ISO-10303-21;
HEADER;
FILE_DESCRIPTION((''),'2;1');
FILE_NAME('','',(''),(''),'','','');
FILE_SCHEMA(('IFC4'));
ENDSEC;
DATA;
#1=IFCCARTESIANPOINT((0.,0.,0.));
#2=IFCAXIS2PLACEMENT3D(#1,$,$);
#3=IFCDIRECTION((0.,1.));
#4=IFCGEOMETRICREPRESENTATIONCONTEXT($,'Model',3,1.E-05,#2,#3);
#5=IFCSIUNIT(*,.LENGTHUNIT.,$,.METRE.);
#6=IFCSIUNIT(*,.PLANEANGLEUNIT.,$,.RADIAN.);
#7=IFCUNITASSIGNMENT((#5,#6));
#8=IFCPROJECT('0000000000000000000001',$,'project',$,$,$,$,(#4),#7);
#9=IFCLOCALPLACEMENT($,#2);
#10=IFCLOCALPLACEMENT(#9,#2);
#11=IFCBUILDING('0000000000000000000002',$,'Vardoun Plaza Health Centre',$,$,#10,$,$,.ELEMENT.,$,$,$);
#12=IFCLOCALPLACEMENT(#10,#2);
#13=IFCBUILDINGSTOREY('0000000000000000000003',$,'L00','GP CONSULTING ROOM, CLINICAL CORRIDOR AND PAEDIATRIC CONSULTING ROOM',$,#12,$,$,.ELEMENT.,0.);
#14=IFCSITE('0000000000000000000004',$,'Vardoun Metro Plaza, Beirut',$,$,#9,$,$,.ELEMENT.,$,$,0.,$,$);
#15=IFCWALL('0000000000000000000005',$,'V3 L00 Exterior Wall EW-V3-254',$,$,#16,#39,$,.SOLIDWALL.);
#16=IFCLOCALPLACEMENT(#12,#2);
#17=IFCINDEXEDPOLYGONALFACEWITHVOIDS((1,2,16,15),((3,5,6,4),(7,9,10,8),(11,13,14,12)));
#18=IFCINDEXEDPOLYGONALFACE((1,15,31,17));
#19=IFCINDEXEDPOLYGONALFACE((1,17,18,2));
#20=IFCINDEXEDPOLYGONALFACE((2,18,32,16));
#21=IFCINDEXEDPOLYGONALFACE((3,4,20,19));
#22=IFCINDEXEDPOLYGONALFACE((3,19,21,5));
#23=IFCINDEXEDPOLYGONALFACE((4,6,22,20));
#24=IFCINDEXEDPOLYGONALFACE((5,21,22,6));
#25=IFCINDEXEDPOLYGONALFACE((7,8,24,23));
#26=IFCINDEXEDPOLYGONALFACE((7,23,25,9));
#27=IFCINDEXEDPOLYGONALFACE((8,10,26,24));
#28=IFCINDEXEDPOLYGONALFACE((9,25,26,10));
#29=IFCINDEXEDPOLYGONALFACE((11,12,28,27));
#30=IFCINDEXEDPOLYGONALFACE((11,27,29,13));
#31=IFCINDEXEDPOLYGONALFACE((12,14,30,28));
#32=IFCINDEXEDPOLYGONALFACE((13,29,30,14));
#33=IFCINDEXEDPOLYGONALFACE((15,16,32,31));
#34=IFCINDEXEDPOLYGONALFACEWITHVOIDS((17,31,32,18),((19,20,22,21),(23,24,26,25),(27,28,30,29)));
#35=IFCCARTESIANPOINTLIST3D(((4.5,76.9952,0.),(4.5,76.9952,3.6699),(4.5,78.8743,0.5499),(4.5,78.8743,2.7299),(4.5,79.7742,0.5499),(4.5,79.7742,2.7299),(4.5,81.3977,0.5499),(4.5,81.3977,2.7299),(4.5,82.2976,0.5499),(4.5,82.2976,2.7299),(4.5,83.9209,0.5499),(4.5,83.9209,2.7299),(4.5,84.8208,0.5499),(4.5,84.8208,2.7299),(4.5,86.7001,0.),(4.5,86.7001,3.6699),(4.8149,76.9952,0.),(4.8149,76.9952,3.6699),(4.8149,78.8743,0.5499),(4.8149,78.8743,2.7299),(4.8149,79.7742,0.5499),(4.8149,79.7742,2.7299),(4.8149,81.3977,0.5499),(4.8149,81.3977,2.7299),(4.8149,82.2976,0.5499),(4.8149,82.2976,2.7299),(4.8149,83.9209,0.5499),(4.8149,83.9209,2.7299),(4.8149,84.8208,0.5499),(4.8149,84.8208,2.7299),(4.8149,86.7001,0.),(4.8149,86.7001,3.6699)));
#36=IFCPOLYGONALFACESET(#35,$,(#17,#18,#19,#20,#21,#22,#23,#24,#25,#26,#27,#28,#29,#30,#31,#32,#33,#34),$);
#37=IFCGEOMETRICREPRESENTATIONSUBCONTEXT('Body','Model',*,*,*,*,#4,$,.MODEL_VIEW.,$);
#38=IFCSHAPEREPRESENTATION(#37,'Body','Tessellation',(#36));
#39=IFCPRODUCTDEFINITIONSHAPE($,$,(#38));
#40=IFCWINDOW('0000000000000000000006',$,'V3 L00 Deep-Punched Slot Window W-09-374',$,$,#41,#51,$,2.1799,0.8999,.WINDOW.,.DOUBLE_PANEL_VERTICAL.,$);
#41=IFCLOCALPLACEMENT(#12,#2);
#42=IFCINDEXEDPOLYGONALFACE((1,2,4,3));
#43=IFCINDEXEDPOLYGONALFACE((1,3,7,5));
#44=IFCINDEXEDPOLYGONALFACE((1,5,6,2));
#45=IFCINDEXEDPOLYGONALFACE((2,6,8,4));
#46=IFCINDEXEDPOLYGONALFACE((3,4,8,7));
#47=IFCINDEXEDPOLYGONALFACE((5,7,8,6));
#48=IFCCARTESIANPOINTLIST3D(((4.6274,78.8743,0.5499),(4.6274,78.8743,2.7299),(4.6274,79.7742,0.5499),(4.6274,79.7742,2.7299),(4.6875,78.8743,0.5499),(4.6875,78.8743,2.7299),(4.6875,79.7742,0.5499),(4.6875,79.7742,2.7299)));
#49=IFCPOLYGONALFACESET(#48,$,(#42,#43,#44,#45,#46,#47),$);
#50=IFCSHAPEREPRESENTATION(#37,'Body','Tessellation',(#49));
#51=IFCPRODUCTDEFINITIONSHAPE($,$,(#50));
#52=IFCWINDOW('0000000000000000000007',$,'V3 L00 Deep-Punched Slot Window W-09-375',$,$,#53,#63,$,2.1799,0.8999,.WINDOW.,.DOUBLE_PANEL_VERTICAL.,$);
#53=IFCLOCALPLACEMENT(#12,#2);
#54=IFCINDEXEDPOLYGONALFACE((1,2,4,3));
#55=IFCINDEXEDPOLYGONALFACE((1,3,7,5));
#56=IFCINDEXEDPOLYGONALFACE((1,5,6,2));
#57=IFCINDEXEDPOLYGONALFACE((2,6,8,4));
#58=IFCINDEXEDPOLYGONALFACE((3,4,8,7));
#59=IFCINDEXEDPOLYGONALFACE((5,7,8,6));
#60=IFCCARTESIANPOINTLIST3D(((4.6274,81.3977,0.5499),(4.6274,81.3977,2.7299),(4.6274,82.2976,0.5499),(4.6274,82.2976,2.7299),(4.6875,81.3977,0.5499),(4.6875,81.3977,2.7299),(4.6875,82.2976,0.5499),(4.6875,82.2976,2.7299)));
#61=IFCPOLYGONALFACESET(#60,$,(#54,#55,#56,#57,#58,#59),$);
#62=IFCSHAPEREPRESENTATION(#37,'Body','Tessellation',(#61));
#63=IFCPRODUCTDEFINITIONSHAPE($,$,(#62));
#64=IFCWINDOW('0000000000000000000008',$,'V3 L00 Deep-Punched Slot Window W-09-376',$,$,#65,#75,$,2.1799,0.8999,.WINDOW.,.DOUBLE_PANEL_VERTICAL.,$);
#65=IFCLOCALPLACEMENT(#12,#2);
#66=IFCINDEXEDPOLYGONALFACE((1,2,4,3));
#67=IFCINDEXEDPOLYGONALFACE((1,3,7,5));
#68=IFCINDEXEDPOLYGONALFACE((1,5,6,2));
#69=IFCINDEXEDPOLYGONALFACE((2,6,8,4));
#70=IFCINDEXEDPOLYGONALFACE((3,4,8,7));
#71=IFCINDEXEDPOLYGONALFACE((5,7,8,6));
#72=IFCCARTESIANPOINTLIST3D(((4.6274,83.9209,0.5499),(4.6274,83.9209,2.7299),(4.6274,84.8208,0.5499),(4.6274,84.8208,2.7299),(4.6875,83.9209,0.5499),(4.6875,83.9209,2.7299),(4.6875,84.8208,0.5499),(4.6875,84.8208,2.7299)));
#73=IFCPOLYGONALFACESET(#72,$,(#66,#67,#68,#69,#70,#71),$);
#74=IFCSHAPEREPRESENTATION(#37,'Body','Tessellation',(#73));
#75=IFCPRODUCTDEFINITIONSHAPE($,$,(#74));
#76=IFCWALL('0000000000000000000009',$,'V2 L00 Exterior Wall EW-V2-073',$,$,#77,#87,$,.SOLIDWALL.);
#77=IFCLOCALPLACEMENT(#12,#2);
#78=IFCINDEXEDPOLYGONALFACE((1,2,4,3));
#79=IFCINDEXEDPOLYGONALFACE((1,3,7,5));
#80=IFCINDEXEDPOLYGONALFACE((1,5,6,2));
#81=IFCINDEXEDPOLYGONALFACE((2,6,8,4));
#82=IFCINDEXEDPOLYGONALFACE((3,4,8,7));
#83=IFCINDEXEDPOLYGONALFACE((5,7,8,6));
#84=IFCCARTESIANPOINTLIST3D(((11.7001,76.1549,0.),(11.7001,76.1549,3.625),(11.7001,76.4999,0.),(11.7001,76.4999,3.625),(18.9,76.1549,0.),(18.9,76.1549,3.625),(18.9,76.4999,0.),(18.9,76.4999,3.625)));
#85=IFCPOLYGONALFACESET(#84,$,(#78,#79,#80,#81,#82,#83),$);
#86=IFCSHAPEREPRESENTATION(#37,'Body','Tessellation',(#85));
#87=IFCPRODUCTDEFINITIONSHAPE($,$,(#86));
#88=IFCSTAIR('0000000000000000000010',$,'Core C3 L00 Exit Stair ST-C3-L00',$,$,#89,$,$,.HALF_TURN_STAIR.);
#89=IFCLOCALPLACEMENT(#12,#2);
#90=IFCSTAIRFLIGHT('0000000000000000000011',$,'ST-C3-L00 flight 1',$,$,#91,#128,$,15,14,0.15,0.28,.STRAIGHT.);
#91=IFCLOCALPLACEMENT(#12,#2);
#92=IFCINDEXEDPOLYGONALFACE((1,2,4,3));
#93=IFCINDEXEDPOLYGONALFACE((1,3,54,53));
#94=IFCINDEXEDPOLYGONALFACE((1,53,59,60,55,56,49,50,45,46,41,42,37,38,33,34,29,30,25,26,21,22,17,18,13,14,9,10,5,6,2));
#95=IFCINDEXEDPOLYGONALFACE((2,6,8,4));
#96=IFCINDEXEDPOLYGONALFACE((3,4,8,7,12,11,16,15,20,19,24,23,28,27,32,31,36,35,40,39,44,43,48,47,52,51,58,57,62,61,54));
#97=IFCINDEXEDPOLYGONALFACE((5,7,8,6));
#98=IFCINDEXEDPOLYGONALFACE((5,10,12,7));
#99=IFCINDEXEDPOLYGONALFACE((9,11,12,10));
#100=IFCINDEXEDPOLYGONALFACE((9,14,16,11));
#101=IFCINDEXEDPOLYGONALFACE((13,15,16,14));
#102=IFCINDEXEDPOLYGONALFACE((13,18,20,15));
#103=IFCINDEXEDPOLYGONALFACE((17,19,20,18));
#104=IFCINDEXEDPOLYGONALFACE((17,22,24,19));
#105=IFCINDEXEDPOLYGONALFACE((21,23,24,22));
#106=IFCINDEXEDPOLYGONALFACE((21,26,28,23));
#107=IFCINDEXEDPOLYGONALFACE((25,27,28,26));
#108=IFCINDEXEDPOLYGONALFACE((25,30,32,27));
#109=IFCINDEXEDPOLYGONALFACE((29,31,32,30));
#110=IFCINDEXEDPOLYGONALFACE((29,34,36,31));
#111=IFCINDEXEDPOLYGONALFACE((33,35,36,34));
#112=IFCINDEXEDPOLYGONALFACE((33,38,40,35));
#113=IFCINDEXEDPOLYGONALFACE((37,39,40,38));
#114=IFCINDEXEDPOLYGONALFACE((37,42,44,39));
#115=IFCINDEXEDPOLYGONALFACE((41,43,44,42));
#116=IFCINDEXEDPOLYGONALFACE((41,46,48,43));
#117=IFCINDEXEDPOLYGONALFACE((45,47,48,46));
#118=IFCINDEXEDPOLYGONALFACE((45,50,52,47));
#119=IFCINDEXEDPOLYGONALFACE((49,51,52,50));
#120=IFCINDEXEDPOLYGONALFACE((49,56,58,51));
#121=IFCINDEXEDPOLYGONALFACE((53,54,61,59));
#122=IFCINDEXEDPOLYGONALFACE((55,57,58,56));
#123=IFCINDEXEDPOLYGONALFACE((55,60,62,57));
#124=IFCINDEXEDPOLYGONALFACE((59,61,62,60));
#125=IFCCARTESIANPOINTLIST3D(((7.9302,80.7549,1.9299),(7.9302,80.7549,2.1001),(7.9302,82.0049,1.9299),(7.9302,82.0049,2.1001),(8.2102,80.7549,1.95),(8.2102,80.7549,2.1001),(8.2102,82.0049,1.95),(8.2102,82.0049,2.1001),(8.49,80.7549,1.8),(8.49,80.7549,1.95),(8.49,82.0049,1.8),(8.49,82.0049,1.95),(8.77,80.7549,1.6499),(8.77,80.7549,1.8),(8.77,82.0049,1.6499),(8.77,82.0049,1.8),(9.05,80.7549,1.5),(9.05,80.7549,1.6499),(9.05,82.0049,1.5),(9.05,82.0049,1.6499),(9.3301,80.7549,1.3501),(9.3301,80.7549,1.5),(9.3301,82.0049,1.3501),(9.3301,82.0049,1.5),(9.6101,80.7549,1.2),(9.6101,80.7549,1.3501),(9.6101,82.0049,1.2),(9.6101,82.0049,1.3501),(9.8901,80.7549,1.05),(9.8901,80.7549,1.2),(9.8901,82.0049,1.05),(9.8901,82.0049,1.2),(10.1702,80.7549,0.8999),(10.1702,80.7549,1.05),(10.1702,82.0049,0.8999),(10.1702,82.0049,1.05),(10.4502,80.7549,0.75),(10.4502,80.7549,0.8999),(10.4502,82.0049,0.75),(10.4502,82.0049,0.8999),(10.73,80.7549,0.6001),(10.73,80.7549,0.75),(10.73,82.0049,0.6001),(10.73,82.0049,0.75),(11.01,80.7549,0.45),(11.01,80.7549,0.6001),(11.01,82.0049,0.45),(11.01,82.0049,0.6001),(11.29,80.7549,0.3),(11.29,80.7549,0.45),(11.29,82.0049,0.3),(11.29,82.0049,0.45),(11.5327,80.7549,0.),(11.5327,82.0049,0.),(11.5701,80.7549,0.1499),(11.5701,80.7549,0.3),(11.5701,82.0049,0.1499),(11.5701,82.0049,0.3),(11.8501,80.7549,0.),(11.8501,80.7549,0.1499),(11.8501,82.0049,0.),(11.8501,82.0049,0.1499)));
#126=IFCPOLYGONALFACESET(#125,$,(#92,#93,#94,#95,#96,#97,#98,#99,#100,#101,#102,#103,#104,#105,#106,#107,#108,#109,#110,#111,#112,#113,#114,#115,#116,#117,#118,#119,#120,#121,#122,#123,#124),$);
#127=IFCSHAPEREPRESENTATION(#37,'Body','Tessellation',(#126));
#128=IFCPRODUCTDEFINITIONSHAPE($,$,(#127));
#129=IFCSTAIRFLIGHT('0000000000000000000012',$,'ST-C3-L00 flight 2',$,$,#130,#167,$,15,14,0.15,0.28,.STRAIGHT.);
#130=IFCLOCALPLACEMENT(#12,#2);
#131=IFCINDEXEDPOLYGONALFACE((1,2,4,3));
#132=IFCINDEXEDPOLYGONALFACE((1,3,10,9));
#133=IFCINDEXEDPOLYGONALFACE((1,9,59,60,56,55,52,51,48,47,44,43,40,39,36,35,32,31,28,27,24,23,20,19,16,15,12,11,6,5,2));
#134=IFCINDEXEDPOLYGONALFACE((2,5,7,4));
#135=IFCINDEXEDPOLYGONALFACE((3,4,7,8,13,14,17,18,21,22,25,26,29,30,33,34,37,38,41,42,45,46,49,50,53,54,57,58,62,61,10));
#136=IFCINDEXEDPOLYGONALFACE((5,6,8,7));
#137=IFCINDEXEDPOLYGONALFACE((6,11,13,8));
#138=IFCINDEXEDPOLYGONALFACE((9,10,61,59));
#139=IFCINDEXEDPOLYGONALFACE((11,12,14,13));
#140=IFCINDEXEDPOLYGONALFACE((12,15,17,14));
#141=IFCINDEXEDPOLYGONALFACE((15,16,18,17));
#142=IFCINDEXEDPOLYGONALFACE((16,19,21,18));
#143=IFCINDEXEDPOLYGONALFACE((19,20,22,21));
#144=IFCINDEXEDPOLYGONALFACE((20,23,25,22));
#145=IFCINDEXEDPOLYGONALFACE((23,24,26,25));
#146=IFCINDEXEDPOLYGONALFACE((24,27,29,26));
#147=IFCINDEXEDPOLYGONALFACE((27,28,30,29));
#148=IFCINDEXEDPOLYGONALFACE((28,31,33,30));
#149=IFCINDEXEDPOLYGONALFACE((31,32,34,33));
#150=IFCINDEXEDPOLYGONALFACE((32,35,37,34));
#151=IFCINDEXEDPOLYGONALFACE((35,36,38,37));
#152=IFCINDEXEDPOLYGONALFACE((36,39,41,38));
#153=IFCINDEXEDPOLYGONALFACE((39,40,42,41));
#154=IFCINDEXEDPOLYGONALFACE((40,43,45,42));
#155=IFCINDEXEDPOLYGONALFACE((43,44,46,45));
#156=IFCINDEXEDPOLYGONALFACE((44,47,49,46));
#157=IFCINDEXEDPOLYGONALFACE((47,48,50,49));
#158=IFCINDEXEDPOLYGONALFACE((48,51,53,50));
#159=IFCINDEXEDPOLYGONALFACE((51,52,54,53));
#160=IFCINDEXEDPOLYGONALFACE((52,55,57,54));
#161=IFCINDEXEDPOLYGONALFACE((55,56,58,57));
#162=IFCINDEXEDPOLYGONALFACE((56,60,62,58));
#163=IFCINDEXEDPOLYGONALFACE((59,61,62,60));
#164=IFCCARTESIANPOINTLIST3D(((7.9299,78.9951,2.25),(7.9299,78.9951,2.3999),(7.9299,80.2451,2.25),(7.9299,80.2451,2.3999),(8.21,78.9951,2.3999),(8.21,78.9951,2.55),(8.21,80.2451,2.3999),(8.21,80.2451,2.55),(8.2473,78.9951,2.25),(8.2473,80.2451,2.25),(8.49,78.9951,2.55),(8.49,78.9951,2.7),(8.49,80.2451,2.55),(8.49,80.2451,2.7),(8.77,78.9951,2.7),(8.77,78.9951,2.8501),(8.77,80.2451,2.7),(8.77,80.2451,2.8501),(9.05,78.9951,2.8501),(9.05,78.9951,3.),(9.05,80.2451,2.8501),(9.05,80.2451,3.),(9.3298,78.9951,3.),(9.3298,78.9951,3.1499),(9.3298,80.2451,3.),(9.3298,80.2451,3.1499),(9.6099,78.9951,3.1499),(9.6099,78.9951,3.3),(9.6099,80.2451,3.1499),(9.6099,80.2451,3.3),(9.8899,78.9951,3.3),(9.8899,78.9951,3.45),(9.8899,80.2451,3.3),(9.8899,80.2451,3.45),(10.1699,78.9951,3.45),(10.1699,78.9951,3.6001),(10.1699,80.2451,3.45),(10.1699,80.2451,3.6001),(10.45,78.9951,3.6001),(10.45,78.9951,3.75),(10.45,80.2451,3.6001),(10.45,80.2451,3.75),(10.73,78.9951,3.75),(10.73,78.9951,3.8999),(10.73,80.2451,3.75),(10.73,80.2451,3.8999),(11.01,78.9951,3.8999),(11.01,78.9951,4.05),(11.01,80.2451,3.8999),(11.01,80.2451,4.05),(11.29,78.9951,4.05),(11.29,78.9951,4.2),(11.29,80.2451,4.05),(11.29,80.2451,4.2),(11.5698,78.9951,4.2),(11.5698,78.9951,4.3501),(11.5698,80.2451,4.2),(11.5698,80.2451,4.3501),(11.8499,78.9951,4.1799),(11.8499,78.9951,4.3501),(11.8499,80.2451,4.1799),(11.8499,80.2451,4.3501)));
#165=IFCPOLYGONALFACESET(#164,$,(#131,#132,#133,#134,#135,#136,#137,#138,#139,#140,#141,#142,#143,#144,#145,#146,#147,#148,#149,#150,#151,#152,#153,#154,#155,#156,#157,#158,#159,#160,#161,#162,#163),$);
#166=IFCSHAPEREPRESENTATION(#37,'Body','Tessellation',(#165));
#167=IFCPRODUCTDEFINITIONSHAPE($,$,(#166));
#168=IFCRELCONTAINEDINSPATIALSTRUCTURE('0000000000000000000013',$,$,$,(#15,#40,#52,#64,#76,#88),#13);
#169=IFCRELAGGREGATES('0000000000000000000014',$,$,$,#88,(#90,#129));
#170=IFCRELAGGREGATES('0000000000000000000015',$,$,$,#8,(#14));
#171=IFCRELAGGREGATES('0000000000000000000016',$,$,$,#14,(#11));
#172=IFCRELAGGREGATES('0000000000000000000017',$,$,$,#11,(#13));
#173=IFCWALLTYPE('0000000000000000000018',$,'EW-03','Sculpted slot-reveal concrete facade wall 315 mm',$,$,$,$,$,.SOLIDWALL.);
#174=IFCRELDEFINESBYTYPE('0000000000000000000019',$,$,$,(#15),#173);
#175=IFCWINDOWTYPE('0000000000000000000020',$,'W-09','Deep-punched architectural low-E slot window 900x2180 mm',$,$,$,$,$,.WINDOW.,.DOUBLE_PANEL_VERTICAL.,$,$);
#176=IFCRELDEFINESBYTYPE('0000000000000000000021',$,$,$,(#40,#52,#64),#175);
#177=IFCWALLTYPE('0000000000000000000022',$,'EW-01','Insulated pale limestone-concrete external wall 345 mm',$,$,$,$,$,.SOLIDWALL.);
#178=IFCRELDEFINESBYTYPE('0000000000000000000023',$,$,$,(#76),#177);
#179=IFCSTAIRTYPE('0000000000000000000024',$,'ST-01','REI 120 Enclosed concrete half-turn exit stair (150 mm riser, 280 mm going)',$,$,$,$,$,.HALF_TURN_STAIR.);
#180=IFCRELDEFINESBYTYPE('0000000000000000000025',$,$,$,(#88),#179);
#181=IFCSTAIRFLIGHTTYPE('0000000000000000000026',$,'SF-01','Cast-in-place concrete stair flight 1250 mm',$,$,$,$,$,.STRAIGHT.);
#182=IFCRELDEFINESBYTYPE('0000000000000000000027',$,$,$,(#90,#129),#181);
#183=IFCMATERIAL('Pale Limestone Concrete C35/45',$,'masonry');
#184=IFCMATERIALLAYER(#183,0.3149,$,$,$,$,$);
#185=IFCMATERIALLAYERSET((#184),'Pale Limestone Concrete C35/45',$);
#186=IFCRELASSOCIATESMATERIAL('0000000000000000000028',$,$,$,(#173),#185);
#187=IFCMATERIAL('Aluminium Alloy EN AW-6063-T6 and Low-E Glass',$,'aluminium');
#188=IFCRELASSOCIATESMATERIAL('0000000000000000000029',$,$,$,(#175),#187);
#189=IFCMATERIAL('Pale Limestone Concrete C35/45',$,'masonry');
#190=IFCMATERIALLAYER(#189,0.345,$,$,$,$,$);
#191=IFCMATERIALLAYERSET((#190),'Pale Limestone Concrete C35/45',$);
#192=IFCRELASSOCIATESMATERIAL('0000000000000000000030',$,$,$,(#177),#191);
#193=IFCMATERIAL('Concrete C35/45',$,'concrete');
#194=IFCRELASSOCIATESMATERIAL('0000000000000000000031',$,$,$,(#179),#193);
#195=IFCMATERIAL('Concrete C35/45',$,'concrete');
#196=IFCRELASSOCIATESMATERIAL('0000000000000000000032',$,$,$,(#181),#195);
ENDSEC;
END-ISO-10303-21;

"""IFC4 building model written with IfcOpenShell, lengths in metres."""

from ifc_helpers import new_model, si_unit, direction, frame, frame_2d, origin, place, context, subcontext, project, spatial, polyline, rectangle, outline, extrude, material, layer, layer_set, type_object, element, fill, aggregate, save


model = new_model("IFC4")

# Units and contexts
model_context = context("Model", 3, precision=1e-05, world=origin(), true_north=direction((0.0, 1.0)))
body_context = subcontext(model_context, "Body", "Model", "MODEL_VIEW")
ifc_project = project(units=[si_unit("LENGTHUNIT", "METRE"), si_unit("PLANEANGLEUNIT", "RADIAN")], contexts=[model_context])

# Site, building, storey
site_placement = place(None, origin())
site = spatial("IfcSite", under=ifc_project, at=site_placement, Name="Vardoun Metro Plaza, Beirut", CompositionType="ELEMENT", RefElevation=0.0)
building_placement = place(site_placement, origin())
building = spatial("IfcBuilding", under=site, at=building_placement, Name="Vardoun Plaza Health Centre", CompositionType="ELEMENT")
storey_placement = place(building_placement, origin())
storey = spatial("IfcBuildingStorey", under=building, at=storey_placement, Name="L00", Description="GP CONSULTING ROOM, CLINICAL CORRIDOR AND PAEDIATRIC CONSULTING ROOM", CompositionType="ELEMENT", Elevation=0.0)

# Shared definitions
ifc_material_1 = material(Name="Pale Limestone Concrete C35/45", Category="masonry")
ifc_layer_1 = layer(ifc_material_1, 0.3149)
ifc_layer_set_1 = layer_set([ifc_layer_1], Name="Pale Limestone Concrete C35/45")
wall_type_1 = type_object("IfcWallType", Name="EW-03", Description="Sculpted slot-reveal concrete facade wall 315 mm", PredefinedType="SOLIDWALL", material=ifc_layer_set_1)

# Wall, openings, windows
wall_1_placement = place(storey_placement, frame((4.6575, 76.9951, 0.0), z_axis=(0.0, 0.0, 1.0), x_axis=(0.0, 1.0, 0.0)))
wall_1 = element("IfcWall", 1, at=wall_1_placement, inside=storey, type_object=wall_type_1, Name="V3 L00 Exterior Wall EW-V3-254", PredefinedType="SOLIDWALL", context=body_context, shape_type="SweptSolid", body=[
    extrude(rectangle(XDim=9.7048, YDim=0.3149, at=frame_2d((4.8525, 0.0))), origin(), (0.0, 0.0, 1.0), 3.6699),
])
opening_1_placement = place(wall_1_placement, frame((1.8792, 0.0, 0.55)))
opening_1 = element("IfcOpeningElement", 2, at=opening_1_placement, cuts=wall_1, PredefinedType="OPENING", context=body_context, shape_type="SweptSolid", body=[
    extrude(rectangle(XDim=0.8999, YDim=2.1799, at=frame_2d((0.45, 1.0898))), frame((0.0, 0.1575, 0.0), z_axis=(0.0, -1.0, 0.0), x_axis=(1.0, 0.0, 0.0)), (0.0, 0.0, 1.0), 0.3149),
])
opening_2_placement = place(wall_1_placement, frame((4.4026, 0.0, 0.55)))
opening_2 = element("IfcOpeningElement", 3, at=opening_2_placement, cuts=wall_1, PredefinedType="OPENING", context=body_context, shape_type="SweptSolid", body=[
    extrude(rectangle(XDim=0.8999, YDim=2.1799, at=frame_2d((0.45, 1.0898))), frame((0.0, 0.1575, 0.0), z_axis=(0.0, -1.0, 0.0), x_axis=(1.0, 0.0, 0.0)), (0.0, 0.0, 1.0), 0.3149),
])
opening_3_placement = place(wall_1_placement, frame((6.9258, 0.0, 0.55)))
opening_3 = element("IfcOpeningElement", 4, at=opening_3_placement, cuts=wall_1, PredefinedType="OPENING", context=body_context, shape_type="SweptSolid", body=[
    extrude(rectangle(XDim=0.8999, YDim=2.1799, at=frame_2d((0.45, 1.0898))), frame((0.0, 0.1575, 0.0), z_axis=(0.0, -1.0, 0.0), x_axis=(1.0, 0.0, 0.0)), (0.0, 0.0, 1.0), 0.3149),
])
ifc_material_2 = material(Name="Aluminium Alloy EN AW-6063-T6 and Low-E Glass", Category="aluminium")
window_type = type_object("IfcWindowType", Name="W-09", Description="Deep-punched architectural low-E slot window 900x2180 mm", PartitioningType="DOUBLE_PANEL_VERTICAL", PredefinedType="WINDOW", material=ifc_material_2)
window_1_placement = place(opening_1_placement, origin())
window_1 = element("IfcWindow", 5, at=window_1_placement, inside=storey, type_object=window_type, Name="V3 L00 Deep-Punched Slot Window W-09-374", OverallHeight=2.1799, OverallWidth=0.8999, PartitioningType="DOUBLE_PANEL_VERTICAL", PredefinedType="WINDOW", context=body_context, shape_type="SweptSolid", body=[
    extrude(rectangle(XDim=0.8999, YDim=2.1799, at=frame_2d((0.45, 1.0898))), frame((0.0, 0.03, 0.0), z_axis=(0.0, -1.0, 0.0), x_axis=(1.0, 0.0, 0.0)), (0.0, 0.0, 1.0), 0.0601),
])
fill(opening_1, window_1)
window_2_placement = place(opening_2_placement, origin())
window_2 = element("IfcWindow", 6, at=window_2_placement, inside=storey, type_object=window_type, Name="V3 L00 Deep-Punched Slot Window W-09-375", OverallHeight=2.1799, OverallWidth=0.8999, PartitioningType="DOUBLE_PANEL_VERTICAL", PredefinedType="WINDOW", context=body_context, shape_type="SweptSolid", body=[
    extrude(rectangle(XDim=0.8999, YDim=2.1799, at=frame_2d((0.45, 1.0898))), frame((0.0, 0.03, 0.0), z_axis=(0.0, -1.0, 0.0), x_axis=(1.0, 0.0, 0.0)), (0.0, 0.0, 1.0), 0.0601),
])
fill(opening_2, window_2)
window_3_placement = place(opening_3_placement, origin())
window_3 = element("IfcWindow", 7, at=window_3_placement, inside=storey, type_object=window_type, Name="V3 L00 Deep-Punched Slot Window W-09-376", OverallHeight=2.1799, OverallWidth=0.8999, PartitioningType="DOUBLE_PANEL_VERTICAL", PredefinedType="WINDOW", context=body_context, shape_type="SweptSolid", body=[
    extrude(rectangle(XDim=0.8999, YDim=2.1799, at=frame_2d((0.45, 1.0898))), frame((0.0, 0.03, 0.0), z_axis=(0.0, -1.0, 0.0), x_axis=(1.0, 0.0, 0.0)), (0.0, 0.0, 1.0), 0.0601),
])
fill(opening_3, window_3)

# Wall
ifc_material_3 = material(Name="Pale Limestone Concrete C35/45", Category="masonry")
ifc_layer_2 = layer(ifc_material_3, 0.345)
ifc_layer_set_2 = layer_set([ifc_layer_2], Name="Pale Limestone Concrete C35/45")
wall_type_2 = type_object("IfcWallType", Name="EW-01", Description="Insulated pale limestone-concrete external wall 345 mm", PredefinedType="SOLIDWALL", material=ifc_layer_set_2)
wall_2_placement = place(storey_placement, frame((11.7, 76.3274, 0.0), z_axis=(0.0, 0.0, 1.0), x_axis=(1.0, 0.0, 0.0)))
element("IfcWall", 8, at=wall_2_placement, inside=storey, type_object=wall_type_2, Name="V2 L00 Exterior Wall EW-V2-073", PredefinedType="SOLIDWALL", context=body_context, shape_type="SweptSolid", body=[
    extrude(rectangle(XDim=7.2, YDim=0.345, at=frame_2d((3.6001, 0.0))), origin(), (0.0, 0.0, 1.0), 3.625),
])

# Stair, stair flights
ifc_material_4 = material(Name="Concrete C35/45", Category="concrete")
stair_type = type_object("IfcStairType", Name="ST-01", Description="REI 120 Enclosed concrete half-turn exit stair (150 mm riser, 280 mm going)", PredefinedType="HALF_TURN_STAIR", material=ifc_material_4)
stair_placement = place(storey_placement, origin())
stair = element("IfcStair", 9, at=stair_placement, inside=storey, type_object=stair_type, Name="Core C3 L00 Exit Stair ST-C3-L00", PredefinedType="HALF_TURN_STAIR")
ifc_material_5 = material(Name="Concrete C35/45", Category="concrete")
stair_flight_type = type_object("IfcStairFlightType", Name="SF-01", Description="Cast-in-place concrete stair flight 1250 mm", PredefinedType="STRAIGHT", material=ifc_material_5)
stair_flight_1_placement = place(storey_placement, frame((11.8501, 81.3799, 0.0), z_axis=(0.0, 0.0, 1.0), x_axis=(-1.0, 0.0, 0.0)))
stair_flight_1 = element("IfcStairFlight", 10, at=stair_flight_1_placement, type_object=stair_flight_type, Name="ST-C3-L00 flight 1", NumberOfRisers=15, NumberOfTreads=14, PredefinedType="STRAIGHT", RiserHeight=0.15, TreadLength=0.28, context=body_context, shape_type="SweptSolid", body=[
    extrude(outline(polyline([(0.0, 0.0), (0.0, 0.1499), (0.28, 0.1499), (0.28, 0.3), (0.5601, 0.3), (0.5601, 0.45), (0.8401, 0.45), (0.8401, 0.6001), (1.1201, 0.6001), (1.1201, 0.75), (1.3999, 0.75), (1.3999, 0.8999), (1.6799, 0.8999), (1.6799, 1.05), (1.96, 1.05), (1.96, 1.2), (2.24, 1.2), (2.24, 1.3501), (2.52, 1.3501), (2.52, 1.5), (2.8, 1.5), (2.8, 1.6499), (3.0801, 1.6499), (3.0801, 1.8), (3.3601, 1.8), (3.3601, 1.95), (3.6399, 1.95), (3.6399, 2.1001), (3.9199, 2.1001), (3.9199, 2.25), (3.9199, 1.9299), (0.3174, 0.0), (0.0, 0.0)])), frame((0.0, 0.625, 0.0), z_axis=(0.0, -1.0, 0.0), x_axis=(1.0, 0.0, 0.0)), (0.0, 0.0, 1.0), 1.25),
])
stair_flight_2_placement = place(storey_placement, frame((7.9299, 79.6201, 2.25), z_axis=(0.0, 0.0, 1.0), x_axis=(1.0, 0.0, 0.0)))
stair_flight_2 = element("IfcStairFlight", 11, at=stair_flight_2_placement, type_object=stair_flight_type, Name="ST-C3-L00 flight 2", NumberOfRisers=15, NumberOfTreads=14, PredefinedType="STRAIGHT", RiserHeight=0.15, TreadLength=0.28, context=body_context, shape_type="SweptSolid", body=[
    extrude(outline(polyline([(0.0, 0.0), (0.0, 0.1499), (0.28, 0.1499), (0.28, 0.3), (0.5601, 0.3), (0.5601, 0.45), (0.8401, 0.45), (0.8401, 0.6001), (1.1201, 0.6001), (1.1201, 0.75), (1.3999, 0.75), (1.3999, 0.8999), (1.6799, 0.8999), (1.6799, 1.05), (1.96, 1.05), (1.96, 1.2), (2.24, 1.2), (2.24, 1.3501), (2.52, 1.3501), (2.52, 1.5), (2.8, 1.5), (2.8, 1.6499), (3.0801, 1.6499), (3.0801, 1.8), (3.3601, 1.8), (3.3601, 1.95), (3.6399, 1.95), (3.6399, 2.1001), (3.9199, 2.1001), (3.9199, 2.25), (3.9199, 1.9299), (0.3174, 0.0), (0.0, 0.0)])), frame((0.0, 0.625, 0.0), z_axis=(0.0, -1.0, 0.0), x_axis=(1.0, 0.0, 0.0)), (0.0, 0.0, 1.0), 1.25),
])
aggregate(stair, [stair_flight_1, stair_flight_2])

save(model, "model.ifc")
